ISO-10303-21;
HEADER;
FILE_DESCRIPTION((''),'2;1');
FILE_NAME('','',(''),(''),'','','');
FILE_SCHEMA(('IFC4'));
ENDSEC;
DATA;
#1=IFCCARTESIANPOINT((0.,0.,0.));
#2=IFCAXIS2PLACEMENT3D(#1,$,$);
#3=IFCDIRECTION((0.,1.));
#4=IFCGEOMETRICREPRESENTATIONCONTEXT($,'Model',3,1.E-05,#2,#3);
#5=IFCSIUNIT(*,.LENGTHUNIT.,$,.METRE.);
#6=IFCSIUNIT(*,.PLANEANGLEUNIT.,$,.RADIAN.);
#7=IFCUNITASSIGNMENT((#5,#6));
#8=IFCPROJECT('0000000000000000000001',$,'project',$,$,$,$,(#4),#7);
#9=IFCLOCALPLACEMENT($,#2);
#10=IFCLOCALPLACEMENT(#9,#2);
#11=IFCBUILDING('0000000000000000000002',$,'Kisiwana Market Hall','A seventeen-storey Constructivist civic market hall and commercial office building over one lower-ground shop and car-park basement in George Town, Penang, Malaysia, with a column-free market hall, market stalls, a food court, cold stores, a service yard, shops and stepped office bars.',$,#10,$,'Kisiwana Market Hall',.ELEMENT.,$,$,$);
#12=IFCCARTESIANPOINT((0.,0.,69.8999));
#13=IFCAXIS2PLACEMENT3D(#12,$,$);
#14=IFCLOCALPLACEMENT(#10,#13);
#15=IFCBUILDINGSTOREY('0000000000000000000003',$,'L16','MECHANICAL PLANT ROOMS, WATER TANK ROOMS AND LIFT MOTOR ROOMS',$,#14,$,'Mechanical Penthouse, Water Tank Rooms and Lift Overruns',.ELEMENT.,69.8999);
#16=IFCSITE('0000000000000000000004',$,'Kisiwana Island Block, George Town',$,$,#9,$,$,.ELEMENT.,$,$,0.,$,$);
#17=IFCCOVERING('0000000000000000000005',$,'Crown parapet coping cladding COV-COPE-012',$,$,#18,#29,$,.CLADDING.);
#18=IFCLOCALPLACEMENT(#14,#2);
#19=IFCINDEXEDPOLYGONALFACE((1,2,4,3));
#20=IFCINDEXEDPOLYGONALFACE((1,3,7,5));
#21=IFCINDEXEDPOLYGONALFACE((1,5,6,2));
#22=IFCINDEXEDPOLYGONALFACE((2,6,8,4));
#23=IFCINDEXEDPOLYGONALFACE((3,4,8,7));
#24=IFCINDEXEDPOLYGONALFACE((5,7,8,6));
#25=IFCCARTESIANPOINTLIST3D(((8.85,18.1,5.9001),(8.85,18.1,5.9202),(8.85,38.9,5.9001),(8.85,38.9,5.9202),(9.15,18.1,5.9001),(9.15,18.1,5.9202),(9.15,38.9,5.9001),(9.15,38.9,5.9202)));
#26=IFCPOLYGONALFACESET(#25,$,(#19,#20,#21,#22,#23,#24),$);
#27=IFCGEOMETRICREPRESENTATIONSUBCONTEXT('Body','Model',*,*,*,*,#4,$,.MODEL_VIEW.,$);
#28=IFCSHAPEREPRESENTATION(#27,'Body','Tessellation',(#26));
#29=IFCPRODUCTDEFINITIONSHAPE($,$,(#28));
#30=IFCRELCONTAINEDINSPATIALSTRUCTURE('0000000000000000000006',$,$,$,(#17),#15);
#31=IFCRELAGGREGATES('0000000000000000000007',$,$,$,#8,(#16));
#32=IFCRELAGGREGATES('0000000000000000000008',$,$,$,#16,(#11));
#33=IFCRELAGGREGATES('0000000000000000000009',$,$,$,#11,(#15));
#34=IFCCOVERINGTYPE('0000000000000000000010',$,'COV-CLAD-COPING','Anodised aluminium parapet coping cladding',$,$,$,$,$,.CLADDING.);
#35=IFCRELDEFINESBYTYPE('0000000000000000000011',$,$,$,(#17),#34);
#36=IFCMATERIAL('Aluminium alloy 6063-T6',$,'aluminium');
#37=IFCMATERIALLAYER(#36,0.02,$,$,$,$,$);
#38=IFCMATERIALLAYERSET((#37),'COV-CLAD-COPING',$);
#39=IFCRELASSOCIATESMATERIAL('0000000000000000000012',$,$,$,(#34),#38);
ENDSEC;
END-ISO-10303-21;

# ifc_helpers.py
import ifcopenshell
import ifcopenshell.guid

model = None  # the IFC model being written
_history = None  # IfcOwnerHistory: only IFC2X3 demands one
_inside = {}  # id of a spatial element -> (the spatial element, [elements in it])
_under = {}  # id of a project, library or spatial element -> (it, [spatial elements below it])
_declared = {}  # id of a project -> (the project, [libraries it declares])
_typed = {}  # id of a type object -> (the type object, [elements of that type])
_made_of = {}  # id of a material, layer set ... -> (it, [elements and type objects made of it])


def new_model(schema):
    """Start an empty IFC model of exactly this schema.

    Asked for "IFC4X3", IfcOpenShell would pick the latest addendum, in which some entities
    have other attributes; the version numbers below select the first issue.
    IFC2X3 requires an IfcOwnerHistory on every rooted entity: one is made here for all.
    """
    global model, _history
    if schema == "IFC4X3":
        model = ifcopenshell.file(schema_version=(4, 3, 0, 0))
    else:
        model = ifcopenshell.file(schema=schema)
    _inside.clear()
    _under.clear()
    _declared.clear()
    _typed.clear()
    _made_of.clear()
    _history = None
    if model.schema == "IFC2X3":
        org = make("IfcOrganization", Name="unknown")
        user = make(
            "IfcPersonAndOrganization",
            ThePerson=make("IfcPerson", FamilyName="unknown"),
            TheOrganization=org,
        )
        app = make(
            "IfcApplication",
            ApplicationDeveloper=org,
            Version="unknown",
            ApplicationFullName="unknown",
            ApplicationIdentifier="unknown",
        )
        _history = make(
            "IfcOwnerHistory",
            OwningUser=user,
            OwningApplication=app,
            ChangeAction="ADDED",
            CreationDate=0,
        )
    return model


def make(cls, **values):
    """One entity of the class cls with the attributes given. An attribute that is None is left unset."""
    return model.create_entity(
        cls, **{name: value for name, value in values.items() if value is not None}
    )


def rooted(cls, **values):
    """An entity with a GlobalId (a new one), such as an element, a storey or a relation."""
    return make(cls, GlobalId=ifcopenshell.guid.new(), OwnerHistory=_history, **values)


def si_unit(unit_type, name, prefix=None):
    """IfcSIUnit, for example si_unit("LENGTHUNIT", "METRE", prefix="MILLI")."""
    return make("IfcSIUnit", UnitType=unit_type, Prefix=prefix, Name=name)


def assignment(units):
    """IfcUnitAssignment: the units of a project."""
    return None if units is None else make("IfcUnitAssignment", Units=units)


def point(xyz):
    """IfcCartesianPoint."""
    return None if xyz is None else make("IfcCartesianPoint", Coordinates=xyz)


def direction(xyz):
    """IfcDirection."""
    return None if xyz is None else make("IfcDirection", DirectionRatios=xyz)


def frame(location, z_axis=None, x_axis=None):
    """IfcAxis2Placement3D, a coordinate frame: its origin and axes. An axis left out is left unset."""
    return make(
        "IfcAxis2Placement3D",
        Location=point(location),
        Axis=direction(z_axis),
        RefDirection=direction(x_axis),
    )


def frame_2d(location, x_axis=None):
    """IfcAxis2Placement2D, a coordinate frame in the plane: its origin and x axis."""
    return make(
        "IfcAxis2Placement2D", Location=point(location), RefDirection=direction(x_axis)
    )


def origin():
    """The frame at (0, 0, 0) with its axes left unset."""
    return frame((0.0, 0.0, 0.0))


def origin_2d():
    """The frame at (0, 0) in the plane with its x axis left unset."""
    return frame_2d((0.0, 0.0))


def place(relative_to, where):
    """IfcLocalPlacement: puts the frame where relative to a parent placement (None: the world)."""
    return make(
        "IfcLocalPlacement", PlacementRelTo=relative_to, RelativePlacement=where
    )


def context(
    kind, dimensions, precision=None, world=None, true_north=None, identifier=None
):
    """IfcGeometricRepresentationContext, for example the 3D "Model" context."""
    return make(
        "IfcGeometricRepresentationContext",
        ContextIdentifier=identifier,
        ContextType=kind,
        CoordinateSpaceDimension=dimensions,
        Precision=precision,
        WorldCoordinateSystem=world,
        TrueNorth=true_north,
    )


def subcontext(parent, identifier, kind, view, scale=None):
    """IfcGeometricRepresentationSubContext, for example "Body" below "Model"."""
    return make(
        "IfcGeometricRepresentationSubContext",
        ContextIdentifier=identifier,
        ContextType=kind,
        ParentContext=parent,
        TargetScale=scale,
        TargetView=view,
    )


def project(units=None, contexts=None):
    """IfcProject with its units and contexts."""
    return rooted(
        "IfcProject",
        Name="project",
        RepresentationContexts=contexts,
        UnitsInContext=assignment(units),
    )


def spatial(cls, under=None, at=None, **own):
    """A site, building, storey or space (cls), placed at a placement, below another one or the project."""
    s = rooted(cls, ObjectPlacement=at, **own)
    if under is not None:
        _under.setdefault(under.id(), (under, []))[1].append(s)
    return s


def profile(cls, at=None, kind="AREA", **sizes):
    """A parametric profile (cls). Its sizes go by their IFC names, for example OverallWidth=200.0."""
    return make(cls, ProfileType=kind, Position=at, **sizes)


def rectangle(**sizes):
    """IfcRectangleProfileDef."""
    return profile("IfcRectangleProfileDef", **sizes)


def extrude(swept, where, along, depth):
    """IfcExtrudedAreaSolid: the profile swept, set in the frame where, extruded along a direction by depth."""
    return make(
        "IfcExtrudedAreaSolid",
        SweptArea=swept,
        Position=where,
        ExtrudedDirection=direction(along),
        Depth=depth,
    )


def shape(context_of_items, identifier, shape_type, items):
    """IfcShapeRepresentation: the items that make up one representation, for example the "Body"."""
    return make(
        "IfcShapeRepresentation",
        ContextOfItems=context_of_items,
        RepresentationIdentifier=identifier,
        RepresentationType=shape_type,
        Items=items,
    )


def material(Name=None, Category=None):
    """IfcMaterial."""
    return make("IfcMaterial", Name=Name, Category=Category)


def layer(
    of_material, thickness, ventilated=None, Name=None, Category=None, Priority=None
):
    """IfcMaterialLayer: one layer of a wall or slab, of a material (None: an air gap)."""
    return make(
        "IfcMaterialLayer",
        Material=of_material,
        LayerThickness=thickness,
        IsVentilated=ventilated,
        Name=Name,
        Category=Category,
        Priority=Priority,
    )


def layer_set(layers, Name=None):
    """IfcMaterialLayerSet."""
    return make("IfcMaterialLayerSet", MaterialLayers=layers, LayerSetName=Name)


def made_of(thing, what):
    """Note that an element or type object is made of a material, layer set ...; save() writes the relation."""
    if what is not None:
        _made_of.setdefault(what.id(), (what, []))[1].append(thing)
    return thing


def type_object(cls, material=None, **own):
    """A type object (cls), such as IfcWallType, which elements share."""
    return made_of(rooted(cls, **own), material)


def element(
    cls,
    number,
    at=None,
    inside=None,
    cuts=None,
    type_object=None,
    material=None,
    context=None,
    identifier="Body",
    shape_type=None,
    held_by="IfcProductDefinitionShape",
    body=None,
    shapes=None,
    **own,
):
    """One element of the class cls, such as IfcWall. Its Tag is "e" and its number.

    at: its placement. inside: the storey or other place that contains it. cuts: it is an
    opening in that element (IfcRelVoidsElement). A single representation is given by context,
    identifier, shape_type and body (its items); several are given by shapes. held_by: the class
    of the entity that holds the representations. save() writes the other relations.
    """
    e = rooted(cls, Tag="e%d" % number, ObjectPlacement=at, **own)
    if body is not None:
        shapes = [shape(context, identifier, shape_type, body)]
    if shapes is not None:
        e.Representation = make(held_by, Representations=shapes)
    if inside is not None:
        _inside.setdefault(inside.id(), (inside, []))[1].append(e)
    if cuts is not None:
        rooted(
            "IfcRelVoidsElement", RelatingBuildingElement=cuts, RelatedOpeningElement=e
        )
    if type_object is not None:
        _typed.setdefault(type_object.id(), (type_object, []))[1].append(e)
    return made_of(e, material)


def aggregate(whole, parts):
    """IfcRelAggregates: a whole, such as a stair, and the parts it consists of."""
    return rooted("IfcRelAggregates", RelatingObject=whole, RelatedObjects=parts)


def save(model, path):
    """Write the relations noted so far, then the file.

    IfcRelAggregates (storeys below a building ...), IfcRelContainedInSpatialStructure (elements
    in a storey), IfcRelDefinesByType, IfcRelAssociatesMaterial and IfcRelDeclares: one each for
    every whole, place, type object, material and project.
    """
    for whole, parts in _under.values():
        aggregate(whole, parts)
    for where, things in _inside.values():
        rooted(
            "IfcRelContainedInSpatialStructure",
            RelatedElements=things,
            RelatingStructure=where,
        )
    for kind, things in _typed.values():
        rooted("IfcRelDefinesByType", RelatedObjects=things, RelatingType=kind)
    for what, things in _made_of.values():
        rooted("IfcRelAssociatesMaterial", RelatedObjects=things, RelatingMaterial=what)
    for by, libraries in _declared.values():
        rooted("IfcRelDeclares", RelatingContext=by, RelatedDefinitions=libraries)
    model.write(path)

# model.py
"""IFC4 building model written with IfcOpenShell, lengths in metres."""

from ifc_helpers import new_model, si_unit, direction, frame, origin, origin_2d, place, context, subcontext, project, spatial, rectangle, extrude, material, layer, layer_set, type_object, element, save


model = new_model("IFC4")

# Units and contexts
model_context = context("Model", 3, precision=1e-05, world=origin(), true_north=direction((0.0, 1.0)))
body_context = subcontext(model_context, "Body", "Model", "MODEL_VIEW")
ifc_project = project(units=[si_unit("LENGTHUNIT", "METRE"), si_unit("PLANEANGLEUNIT", "RADIAN")], contexts=[model_context])

# Site, building, storey
site_placement = place(None, origin())
site = spatial("IfcSite", under=ifc_project, at=site_placement, Name="Kisiwana Island Block, George Town", CompositionType="ELEMENT", RefElevation=0.0)
building_placement = place(site_placement, origin())
building = spatial("IfcBuilding", under=site, at=building_placement, Name="Kisiwana Market Hall", Description="A seventeen-storey Constructivist civic market hall and commercial office building over one lower-ground shop and car-park basement in George Town, Penang, Malaysia, with a column-free market hall, market stalls, a food court, cold stores, a service yard, shops and stepped office bars.", LongName="Kisiwana Market Hall", CompositionType="ELEMENT")
storey_placement = place(building_placement, frame((0.0, 0.0, 69.8999)))
storey = spatial("IfcBuildingStorey", under=building, at=storey_placement, Name="L16", Description="MECHANICAL PLANT ROOMS, WATER TANK ROOMS AND LIFT MOTOR ROOMS", LongName="Mechanical Penthouse, Water Tank Rooms and Lift Overruns", CompositionType="ELEMENT", Elevation=69.8999)

# Covering
ifc_material_1 = material(Name="Aluminium alloy 6063-T6", Category="aluminium")
ifc_layer_1 = layer(ifc_material_1, 0.02)
ifc_layer_set_1 = layer_set([ifc_layer_1], Name="COV-CLAD-COPING")
covering_type = type_object("IfcCoveringType", Name="COV-CLAD-COPING", Description="Anodised aluminium parapet coping cladding", PredefinedType="CLADDING", material=ifc_layer_set_1)
covering_placement = place(storey_placement, frame((9.0, 28.5, 5.9001), z_axis=(0.0, 0.0, 1.0), x_axis=(1.0, 0.0, 0.0)))
element("IfcCovering", 1, at=covering_placement, inside=storey, type_object=covering_type, Name="Crown parapet coping cladding COV-COPE-012", PredefinedType="CLADDING", context=body_context, shape_type="SweptSolid", body=[
    extrude(rectangle(XDim=0.3, YDim=20.8, at=origin_2d()), origin(), (0.0, 0.0, 1.0), 0.02),
])

save(model, "model.ifc")
